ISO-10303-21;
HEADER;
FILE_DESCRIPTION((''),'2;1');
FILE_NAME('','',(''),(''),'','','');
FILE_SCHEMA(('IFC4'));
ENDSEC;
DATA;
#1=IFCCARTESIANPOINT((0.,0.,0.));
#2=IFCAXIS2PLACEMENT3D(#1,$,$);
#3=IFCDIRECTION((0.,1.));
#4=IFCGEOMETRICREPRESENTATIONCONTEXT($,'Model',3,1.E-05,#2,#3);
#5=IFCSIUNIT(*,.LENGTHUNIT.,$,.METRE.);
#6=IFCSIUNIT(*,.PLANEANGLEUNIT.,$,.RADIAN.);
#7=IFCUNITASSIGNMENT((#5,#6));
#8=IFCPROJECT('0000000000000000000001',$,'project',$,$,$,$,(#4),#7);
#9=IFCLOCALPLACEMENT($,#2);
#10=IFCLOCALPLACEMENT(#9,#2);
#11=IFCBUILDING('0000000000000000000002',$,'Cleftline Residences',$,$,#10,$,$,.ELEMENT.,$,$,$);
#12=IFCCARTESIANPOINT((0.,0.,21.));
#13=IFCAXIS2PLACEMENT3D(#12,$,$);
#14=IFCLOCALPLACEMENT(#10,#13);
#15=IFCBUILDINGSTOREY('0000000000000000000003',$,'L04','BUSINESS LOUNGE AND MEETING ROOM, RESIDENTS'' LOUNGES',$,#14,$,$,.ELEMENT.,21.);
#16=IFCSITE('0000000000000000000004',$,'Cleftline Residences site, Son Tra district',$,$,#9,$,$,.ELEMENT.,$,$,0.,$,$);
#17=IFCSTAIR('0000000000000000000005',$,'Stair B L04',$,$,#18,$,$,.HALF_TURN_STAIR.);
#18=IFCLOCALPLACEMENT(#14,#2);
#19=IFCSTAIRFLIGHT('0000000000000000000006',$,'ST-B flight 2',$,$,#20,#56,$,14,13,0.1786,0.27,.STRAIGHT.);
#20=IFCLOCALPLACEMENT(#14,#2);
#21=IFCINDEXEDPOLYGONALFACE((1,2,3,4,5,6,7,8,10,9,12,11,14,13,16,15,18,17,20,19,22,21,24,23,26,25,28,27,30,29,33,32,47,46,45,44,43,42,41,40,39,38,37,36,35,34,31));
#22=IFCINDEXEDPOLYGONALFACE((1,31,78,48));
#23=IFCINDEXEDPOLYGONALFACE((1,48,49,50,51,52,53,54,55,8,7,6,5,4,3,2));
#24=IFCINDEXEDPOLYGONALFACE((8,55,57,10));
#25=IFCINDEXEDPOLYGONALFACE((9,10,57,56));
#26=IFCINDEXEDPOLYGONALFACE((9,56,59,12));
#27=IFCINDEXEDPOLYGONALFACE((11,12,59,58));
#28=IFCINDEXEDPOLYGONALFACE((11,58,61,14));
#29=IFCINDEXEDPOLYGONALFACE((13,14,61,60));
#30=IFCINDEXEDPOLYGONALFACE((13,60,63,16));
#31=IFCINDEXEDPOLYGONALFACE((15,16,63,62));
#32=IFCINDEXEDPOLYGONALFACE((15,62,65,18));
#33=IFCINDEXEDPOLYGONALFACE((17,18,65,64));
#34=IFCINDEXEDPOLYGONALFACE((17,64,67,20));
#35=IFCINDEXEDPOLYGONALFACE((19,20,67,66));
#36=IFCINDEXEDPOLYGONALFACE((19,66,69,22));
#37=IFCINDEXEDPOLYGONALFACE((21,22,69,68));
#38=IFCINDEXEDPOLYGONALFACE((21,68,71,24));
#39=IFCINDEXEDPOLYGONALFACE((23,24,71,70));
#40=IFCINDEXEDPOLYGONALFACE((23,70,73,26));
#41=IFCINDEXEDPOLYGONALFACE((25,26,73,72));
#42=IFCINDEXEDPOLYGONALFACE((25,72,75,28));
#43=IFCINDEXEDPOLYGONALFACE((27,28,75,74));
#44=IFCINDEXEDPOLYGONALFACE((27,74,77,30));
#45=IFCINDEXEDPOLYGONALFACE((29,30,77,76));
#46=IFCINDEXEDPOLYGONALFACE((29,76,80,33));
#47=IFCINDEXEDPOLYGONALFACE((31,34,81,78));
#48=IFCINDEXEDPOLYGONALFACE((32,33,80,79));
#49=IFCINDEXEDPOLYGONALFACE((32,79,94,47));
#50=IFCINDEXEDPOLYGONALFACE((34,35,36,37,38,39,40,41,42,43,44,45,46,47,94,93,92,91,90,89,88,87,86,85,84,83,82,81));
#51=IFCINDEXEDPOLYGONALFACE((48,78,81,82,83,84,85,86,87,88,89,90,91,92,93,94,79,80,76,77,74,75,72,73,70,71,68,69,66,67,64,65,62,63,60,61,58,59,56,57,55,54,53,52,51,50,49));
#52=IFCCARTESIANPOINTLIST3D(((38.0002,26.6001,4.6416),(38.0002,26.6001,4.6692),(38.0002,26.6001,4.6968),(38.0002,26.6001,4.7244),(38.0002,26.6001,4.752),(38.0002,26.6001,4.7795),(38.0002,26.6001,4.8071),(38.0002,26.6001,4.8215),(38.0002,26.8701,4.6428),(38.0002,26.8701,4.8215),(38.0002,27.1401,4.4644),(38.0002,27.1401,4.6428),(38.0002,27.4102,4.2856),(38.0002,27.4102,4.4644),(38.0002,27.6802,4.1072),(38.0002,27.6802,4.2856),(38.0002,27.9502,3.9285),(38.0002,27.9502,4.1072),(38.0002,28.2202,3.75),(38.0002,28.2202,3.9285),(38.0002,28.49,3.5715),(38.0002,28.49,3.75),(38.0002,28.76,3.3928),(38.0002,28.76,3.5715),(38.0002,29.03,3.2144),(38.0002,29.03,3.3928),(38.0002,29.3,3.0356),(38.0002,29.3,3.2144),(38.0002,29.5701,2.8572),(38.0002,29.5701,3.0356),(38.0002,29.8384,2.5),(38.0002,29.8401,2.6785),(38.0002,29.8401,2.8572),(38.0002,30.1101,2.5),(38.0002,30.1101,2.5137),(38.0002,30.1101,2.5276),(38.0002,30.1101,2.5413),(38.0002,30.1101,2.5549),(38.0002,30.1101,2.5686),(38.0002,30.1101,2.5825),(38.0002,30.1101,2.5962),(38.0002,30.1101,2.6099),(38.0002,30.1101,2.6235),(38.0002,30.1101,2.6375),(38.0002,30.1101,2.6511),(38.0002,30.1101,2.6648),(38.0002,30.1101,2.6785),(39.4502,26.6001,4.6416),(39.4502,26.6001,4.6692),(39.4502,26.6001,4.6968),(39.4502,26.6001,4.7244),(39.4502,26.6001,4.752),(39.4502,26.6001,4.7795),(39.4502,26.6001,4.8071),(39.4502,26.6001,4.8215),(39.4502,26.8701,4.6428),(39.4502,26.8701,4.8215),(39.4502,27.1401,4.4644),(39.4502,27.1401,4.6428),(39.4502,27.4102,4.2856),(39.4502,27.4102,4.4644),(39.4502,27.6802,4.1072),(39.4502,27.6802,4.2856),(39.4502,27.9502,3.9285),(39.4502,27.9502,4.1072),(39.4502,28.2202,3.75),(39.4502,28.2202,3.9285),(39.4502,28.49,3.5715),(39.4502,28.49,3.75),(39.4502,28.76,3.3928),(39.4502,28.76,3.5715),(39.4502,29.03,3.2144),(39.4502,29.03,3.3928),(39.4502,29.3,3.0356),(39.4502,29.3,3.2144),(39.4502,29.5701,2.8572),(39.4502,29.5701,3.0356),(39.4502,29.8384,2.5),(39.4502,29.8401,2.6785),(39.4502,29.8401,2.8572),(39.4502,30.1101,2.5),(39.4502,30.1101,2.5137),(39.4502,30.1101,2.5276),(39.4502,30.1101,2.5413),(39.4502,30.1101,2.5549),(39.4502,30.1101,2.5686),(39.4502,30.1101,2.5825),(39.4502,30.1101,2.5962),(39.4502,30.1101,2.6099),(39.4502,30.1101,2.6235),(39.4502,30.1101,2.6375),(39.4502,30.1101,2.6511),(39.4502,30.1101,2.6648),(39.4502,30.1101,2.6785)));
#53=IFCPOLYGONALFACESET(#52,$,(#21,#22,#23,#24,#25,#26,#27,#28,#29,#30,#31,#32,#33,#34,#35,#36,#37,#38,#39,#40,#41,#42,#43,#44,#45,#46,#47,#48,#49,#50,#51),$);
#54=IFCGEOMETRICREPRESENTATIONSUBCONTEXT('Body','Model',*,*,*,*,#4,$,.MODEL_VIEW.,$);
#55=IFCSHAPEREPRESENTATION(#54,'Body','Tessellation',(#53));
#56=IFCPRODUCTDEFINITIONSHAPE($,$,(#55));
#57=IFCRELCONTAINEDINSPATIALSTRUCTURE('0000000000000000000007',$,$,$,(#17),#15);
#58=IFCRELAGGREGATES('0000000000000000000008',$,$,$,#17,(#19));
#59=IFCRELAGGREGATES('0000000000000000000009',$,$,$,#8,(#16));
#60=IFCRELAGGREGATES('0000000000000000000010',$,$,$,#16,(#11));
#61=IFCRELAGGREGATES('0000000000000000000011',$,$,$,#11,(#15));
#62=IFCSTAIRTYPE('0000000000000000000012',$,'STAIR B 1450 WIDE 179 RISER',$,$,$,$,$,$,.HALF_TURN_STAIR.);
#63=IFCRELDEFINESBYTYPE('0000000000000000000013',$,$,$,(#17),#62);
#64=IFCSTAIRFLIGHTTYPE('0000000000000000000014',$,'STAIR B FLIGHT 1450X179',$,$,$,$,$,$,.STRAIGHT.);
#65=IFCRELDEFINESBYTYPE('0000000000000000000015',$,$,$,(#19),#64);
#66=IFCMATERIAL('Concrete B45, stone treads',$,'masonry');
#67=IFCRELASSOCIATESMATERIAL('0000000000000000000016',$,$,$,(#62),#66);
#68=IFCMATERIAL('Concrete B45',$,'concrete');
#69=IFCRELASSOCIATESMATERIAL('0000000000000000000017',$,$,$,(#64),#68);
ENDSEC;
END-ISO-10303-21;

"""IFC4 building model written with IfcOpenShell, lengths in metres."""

from ifc_helpers import new_model, si_unit, direction, frame, origin, place, context, subcontext, project, spatial, polyline, outline, extrude, material, type_object, element, aggregate, save


model = new_model("IFC4")

# Units and contexts
model_context = context("Model", 3, precision=1e-05, world=origin(), true_north=direction((0.0, 1.0)))
body_context = subcontext(model_context, "Body", "Model", "MODEL_VIEW")
ifc_project = project(units=[si_unit("LENGTHUNIT", "METRE"), si_unit("PLANEANGLEUNIT", "RADIAN")], contexts=[model_context])

# Site, building, storey
site_placement = place(None, origin())
site = spatial("IfcSite", under=ifc_project, at=site_placement, Name="Cleftline Residences site, Son Tra district", CompositionType="ELEMENT", RefElevation=0.0)
building_placement = place(site_placement, origin())
building = spatial("IfcBuilding", under=site, at=building_placement, Name="Cleftline Residences", CompositionType="ELEMENT")
storey_placement = place(building_placement, frame((0.0, 0.0, 21.0)))
storey = spatial("IfcBuildingStorey", under=building, at=storey_placement, Name="L04", Description="BUSINESS LOUNGE AND MEETING ROOM, RESIDENTS' LOUNGES", CompositionType="ELEMENT", Elevation=21.0)

# Stair, stair flight
ifc_material_1 = material(Name="Concrete B45, stone treads", Category="masonry")
stair_type = type_object("IfcStairType", Name="STAIR B 1450 WIDE 179 RISER", PredefinedType="HALF_TURN_STAIR", material=ifc_material_1)
stair_placement = place(storey_placement, origin())
stair = element("IfcStair", 1, at=stair_placement, inside=storey, type_object=stair_type, Name="Stair B L04", PredefinedType="HALF_TURN_STAIR")
ifc_material_2 = material(Name="Concrete B45", Category="concrete")
stair_flight_type = type_object("IfcStairFlightType", Name="STAIR B FLIGHT 1450X179", PredefinedType="STRAIGHT", material=ifc_material_2)
stair_flight_placement = place(storey_placement, frame((38.7251, 30.1101, 2.5), z_axis=(0.0, 0.0, 1.0), x_axis=(0.0, -1.0, 0.0)))
stair_flight = element("IfcStairFlight", 2, at=stair_flight_placement, type_object=stair_flight_type, Name="ST-B flight 2", NumberOfRisers=14, NumberOfTreads=13, PredefinedType="STRAIGHT", RiserHeight=0.1786, TreadLength=0.27, context=body_context, shape_type="SweptSolid", body=[
    extrude(outline(polyline([(0.0, 0.0), (0.0, 0.0137), (0.0, 0.0276), (0.0, 0.0413), (0.0, 0.0549), (0.0, 0.0686), (0.0, 0.0825), (0.0, 0.0962), (0.0, 0.1099), (0.0, 0.1235), (0.0, 0.1375), (0.0, 0.1511), (0.0, 0.1648), (0.0, 0.1785), (0.27, 0.1785), (0.27, 0.3572), (0.54, 0.3572), (0.54, 0.5356), (0.8101, 0.5356), (0.8101, 0.7144), (1.0801, 0.7144), (1.0801, 0.8928), (1.3501, 0.8928), (1.3501, 1.0715), (1.6201, 1.0715), (1.6201, 1.25), (1.8899, 1.25), (1.8899, 1.4285), (2.1599, 1.4285), (2.1599, 1.6072), (2.4299, 1.6072), (2.4299, 1.7856), (2.7, 1.7856), (2.7, 1.9644), (2.97, 1.9644), (2.97, 2.1428), (3.24, 2.1428), (3.24, 2.3215), (3.51, 2.3215), (3.51, 2.5), (3.51, 2.4724), (3.51, 2.4448), (3.51, 2.4172), (3.51, 2.3896), (3.51, 2.3623), (3.51, 2.3347), (3.51, 2.3071), (3.51, 2.2795), (3.51, 2.252), (3.51, 2.2244), (3.51, 2.1968), (3.51, 2.1692), (3.51, 2.1416), (0.2717, 0.0), (0.0, 0.0)])), frame((0.0, 0.7251, 0.0), z_axis=(0.0, -1.0, 0.0), x_axis=(1.0, 0.0, 0.0)), (0.0, 0.0, 1.0), 1.45),
])
aggregate(stair, [stair_flight])

save(model, "model.ifc")
